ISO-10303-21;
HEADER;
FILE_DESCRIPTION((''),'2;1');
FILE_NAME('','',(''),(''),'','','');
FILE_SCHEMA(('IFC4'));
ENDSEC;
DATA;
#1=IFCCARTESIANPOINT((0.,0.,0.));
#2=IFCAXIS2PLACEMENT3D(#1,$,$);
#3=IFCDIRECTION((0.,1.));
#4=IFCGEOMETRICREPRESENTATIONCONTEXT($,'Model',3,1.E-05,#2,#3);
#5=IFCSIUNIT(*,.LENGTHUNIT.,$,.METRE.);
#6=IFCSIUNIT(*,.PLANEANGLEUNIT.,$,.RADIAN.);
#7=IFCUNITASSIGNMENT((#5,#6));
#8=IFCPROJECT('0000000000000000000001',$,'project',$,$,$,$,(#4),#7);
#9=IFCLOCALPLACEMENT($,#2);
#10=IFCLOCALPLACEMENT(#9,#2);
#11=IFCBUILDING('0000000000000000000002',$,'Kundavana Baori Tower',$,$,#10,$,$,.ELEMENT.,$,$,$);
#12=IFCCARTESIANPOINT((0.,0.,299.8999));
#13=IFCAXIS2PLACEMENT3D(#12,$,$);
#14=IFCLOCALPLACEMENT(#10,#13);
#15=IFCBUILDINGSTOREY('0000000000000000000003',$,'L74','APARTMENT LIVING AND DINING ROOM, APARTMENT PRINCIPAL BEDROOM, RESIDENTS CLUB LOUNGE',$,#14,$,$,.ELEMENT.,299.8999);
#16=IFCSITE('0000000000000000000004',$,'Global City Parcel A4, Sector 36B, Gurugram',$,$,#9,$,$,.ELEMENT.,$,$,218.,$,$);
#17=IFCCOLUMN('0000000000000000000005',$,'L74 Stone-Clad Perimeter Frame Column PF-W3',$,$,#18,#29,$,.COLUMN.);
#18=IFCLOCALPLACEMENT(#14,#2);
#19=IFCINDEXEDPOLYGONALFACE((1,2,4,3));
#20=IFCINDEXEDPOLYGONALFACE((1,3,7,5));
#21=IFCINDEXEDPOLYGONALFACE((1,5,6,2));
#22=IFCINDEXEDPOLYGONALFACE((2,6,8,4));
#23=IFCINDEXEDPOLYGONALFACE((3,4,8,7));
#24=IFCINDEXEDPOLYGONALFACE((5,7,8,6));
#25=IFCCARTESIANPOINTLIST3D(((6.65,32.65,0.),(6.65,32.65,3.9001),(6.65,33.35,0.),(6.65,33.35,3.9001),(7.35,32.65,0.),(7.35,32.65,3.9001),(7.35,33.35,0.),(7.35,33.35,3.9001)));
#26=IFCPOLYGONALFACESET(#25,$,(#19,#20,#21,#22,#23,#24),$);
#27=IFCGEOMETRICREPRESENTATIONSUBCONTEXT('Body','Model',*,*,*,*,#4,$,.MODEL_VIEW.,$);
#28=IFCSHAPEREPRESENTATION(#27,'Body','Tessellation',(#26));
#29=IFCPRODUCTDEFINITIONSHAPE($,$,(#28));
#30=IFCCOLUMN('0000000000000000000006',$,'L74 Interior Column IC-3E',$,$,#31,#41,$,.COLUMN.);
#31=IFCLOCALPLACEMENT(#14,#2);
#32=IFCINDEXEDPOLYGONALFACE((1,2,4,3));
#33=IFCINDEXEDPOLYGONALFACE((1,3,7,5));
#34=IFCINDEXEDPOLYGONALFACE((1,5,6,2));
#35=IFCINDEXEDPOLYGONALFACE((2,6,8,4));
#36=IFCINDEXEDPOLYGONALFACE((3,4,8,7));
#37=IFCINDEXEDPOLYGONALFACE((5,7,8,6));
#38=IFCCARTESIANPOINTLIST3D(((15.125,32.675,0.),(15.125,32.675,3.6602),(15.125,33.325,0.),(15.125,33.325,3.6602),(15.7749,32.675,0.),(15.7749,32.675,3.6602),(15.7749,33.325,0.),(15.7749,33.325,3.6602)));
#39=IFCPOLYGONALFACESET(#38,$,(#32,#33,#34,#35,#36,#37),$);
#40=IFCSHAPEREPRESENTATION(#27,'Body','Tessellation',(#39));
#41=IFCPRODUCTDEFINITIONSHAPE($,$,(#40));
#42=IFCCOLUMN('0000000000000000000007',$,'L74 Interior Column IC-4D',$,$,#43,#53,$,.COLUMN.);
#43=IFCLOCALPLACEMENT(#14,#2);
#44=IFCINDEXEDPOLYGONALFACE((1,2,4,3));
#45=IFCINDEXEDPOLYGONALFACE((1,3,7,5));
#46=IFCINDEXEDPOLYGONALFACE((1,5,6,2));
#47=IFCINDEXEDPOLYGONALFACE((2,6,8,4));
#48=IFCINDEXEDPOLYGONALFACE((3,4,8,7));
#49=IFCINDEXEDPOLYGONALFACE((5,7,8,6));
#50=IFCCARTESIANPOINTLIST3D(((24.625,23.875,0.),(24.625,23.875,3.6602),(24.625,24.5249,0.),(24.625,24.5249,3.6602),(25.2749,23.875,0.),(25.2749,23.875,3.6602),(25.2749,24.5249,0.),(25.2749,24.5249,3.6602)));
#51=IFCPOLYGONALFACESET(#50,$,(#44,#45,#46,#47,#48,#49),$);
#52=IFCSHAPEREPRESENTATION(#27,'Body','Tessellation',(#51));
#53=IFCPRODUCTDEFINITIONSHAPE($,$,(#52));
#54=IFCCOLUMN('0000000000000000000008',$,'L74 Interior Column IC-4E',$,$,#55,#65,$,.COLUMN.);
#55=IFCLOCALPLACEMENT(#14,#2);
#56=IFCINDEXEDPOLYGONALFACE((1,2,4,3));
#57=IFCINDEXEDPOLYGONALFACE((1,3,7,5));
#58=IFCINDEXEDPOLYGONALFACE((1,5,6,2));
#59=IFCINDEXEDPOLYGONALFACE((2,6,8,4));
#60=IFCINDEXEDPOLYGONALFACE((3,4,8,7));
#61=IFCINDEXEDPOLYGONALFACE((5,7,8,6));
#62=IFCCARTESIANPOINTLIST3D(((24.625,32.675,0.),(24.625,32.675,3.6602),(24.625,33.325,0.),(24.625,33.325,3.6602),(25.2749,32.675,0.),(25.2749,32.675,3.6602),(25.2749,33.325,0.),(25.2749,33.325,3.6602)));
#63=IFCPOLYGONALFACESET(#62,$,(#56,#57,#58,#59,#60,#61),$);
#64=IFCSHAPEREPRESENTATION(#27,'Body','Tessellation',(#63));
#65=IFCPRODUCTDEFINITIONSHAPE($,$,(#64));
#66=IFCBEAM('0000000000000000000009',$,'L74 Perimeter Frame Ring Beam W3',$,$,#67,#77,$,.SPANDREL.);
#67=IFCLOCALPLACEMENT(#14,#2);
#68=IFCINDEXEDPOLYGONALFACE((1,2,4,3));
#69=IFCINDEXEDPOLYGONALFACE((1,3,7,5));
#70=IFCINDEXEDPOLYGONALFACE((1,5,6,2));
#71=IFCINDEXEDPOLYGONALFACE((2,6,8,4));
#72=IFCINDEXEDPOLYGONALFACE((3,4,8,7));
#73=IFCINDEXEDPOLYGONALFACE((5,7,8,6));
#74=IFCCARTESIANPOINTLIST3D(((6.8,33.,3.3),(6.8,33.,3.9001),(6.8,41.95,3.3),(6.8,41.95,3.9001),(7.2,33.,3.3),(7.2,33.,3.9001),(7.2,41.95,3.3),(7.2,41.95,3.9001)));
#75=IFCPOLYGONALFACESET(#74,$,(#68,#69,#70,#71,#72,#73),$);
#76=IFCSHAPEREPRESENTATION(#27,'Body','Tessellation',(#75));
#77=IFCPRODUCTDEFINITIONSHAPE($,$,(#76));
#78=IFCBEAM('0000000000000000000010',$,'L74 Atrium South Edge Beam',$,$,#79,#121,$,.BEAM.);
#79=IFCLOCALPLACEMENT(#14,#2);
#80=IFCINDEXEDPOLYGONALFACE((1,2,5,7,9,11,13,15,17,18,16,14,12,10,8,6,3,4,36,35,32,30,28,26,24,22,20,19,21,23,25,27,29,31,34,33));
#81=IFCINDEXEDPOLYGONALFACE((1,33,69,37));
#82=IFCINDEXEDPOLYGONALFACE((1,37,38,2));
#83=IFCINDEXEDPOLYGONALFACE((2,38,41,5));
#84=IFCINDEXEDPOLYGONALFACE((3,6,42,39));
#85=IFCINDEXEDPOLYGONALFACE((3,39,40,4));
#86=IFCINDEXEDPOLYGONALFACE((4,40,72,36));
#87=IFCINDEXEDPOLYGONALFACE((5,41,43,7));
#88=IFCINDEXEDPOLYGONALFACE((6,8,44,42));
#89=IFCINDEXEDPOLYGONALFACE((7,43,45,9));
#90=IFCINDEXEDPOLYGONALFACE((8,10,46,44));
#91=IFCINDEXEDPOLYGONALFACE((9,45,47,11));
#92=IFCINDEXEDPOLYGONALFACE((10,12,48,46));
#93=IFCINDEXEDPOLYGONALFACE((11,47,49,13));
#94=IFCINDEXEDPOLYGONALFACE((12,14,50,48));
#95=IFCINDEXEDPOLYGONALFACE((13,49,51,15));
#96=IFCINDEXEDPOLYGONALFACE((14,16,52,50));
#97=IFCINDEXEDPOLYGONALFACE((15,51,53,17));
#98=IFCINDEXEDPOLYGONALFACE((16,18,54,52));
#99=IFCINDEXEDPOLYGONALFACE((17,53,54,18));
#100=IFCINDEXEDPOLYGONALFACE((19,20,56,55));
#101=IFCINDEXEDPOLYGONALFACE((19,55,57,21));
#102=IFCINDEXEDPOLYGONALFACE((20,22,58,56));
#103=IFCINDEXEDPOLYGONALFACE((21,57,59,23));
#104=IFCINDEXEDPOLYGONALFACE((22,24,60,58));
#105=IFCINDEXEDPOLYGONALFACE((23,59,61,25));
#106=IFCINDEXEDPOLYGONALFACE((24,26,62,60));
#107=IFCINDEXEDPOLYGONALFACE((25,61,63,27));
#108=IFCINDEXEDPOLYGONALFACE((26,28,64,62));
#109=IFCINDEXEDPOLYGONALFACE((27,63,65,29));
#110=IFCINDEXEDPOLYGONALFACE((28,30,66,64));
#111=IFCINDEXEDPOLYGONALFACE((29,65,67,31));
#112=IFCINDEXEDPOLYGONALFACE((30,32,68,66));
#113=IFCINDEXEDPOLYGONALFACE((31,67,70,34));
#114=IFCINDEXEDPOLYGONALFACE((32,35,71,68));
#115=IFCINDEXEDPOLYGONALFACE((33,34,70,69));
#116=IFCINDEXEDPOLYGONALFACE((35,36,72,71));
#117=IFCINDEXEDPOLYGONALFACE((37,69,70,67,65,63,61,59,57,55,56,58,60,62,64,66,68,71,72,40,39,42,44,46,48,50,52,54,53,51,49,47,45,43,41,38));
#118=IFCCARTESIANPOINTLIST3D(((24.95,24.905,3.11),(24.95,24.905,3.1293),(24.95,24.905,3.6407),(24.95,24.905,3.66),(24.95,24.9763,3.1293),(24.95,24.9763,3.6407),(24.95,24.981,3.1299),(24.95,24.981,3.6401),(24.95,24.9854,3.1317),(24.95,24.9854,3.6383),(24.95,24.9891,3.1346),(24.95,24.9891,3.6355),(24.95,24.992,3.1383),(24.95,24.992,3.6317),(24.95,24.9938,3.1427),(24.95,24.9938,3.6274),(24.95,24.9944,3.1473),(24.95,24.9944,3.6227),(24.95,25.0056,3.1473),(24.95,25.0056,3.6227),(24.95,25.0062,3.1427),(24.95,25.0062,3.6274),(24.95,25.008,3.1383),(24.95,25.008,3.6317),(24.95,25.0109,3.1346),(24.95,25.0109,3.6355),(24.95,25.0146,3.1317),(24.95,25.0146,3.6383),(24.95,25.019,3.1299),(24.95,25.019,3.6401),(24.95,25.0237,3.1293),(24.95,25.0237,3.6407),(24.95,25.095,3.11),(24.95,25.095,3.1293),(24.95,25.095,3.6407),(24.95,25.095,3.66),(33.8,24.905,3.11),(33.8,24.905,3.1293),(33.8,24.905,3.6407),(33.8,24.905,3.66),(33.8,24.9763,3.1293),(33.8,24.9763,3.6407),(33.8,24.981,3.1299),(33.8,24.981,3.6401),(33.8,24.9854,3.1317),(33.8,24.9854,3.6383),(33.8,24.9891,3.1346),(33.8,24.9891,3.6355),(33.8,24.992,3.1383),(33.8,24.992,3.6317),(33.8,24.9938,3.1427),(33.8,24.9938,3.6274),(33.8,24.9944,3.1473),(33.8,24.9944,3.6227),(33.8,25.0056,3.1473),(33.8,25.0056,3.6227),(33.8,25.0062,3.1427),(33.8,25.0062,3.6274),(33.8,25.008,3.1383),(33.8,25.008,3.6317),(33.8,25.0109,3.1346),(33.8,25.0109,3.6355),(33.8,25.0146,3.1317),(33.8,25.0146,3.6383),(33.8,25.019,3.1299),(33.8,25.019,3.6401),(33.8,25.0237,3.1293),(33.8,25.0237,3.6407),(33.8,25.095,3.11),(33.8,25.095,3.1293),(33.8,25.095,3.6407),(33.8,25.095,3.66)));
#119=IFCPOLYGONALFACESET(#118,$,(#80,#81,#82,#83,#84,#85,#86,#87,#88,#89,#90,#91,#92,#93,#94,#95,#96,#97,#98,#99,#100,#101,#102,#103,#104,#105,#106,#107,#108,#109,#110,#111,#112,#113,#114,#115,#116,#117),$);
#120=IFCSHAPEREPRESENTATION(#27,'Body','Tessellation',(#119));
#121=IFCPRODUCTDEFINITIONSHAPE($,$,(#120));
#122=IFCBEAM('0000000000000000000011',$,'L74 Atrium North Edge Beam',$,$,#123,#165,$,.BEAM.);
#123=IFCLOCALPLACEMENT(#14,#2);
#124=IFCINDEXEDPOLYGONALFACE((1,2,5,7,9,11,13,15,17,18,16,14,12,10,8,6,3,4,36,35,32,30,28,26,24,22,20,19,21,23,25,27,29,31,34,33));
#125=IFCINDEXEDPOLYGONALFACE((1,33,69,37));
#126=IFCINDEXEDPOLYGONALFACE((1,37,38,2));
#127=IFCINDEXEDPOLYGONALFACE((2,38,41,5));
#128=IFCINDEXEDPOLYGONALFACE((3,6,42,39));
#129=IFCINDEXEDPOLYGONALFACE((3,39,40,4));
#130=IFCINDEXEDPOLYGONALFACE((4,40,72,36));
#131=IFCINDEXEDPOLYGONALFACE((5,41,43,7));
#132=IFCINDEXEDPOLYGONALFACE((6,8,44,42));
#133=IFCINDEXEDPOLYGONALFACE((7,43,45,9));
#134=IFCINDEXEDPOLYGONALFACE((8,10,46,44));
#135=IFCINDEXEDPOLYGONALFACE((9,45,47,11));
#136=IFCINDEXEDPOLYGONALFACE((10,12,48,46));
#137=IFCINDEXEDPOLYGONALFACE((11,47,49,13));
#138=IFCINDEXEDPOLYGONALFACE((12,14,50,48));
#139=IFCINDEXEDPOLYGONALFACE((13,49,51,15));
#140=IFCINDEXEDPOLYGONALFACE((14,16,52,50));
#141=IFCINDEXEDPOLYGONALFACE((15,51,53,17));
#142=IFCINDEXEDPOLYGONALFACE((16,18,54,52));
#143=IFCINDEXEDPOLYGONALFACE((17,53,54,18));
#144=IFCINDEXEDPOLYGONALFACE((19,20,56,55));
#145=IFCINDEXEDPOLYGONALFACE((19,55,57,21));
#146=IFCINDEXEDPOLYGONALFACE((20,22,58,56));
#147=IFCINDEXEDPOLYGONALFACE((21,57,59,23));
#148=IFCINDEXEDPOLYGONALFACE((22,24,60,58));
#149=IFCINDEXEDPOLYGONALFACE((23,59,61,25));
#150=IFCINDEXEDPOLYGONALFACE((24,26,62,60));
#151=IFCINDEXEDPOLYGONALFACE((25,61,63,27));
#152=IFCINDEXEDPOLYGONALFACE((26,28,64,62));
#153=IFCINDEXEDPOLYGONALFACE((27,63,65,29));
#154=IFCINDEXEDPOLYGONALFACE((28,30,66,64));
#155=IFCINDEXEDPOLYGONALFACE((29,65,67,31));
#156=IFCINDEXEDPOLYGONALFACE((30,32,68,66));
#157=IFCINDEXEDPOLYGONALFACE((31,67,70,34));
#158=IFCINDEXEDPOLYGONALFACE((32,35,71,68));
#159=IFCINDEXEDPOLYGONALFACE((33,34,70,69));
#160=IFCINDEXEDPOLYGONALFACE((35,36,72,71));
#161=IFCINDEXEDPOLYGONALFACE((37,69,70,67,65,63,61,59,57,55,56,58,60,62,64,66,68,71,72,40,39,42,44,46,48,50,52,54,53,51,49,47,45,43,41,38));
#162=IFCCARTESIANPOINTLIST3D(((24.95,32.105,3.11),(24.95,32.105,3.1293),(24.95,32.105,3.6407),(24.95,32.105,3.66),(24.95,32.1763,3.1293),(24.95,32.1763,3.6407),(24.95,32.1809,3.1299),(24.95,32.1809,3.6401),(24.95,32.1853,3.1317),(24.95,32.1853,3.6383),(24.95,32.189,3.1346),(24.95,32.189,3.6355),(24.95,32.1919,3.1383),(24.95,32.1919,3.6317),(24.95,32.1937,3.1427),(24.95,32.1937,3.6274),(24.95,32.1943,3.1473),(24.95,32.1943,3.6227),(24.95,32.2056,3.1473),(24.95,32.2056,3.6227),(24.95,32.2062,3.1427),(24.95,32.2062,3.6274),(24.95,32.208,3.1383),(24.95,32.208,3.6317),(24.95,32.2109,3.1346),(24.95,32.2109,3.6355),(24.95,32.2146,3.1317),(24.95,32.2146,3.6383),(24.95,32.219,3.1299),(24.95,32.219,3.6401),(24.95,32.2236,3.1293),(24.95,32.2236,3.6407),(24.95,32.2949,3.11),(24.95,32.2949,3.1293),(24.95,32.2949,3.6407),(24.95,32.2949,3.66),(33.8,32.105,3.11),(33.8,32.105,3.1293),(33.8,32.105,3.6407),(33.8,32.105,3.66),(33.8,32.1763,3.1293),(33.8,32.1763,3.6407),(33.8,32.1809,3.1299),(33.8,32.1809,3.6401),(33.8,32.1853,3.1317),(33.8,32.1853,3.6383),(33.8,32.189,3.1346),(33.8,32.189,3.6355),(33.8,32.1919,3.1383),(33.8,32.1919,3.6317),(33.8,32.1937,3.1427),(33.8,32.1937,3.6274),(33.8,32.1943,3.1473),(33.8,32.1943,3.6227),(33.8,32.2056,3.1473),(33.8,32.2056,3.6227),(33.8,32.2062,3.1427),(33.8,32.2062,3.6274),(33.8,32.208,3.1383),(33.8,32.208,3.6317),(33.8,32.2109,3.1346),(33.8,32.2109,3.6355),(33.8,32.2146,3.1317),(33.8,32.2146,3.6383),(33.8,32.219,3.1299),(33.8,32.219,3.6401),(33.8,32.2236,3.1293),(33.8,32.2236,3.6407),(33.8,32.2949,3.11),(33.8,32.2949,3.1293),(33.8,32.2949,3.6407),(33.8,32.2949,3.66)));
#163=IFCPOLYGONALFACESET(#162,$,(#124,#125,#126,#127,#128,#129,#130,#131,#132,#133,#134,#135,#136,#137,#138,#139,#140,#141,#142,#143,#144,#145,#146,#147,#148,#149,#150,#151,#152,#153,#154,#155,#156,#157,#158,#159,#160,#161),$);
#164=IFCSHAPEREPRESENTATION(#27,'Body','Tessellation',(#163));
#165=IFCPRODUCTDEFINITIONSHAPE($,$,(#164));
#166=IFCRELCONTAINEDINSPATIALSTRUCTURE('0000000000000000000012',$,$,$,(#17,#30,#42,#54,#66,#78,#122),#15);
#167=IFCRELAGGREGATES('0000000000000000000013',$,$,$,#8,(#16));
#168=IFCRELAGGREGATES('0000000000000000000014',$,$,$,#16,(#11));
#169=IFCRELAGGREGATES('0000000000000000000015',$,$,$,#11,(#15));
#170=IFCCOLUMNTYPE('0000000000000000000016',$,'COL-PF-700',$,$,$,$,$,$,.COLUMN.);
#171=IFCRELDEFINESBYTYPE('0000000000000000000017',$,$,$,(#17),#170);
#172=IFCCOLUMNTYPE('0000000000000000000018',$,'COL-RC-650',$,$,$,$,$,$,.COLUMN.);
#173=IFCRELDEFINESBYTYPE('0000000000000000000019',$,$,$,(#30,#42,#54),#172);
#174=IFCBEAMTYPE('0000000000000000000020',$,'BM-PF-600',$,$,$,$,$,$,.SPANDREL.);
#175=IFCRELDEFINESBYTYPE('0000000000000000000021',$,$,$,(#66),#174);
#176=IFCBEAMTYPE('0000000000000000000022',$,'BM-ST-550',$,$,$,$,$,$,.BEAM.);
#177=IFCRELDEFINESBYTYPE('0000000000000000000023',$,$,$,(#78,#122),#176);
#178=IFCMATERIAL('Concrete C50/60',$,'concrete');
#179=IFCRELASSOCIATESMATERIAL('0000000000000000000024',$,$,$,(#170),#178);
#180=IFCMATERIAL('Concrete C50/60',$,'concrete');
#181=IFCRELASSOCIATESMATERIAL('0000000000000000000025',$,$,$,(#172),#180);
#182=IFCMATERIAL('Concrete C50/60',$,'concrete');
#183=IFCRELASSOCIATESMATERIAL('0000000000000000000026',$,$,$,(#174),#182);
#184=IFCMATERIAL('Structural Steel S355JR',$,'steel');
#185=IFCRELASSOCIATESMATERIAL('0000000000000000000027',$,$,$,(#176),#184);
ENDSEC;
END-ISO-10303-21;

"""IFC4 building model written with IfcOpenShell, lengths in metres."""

from ifc_helpers import new_model, si_unit, direction, frame, origin, origin_2d, place, context, subcontext, project, spatial, rectangle, i_section, extrude, material, material_profile, profile_set, type_object, element, save


model = new_model("IFC4")

# Units and contexts
model_context = context("Model", 3, precision=1e-05, world=origin(), true_north=direction((0.0, 1.0)))
body_context = subcontext(model_context, "Body", "Model", "MODEL_VIEW")
ifc_project = project(units=[si_unit("LENGTHUNIT", "METRE"), si_unit("PLANEANGLEUNIT", "RADIAN")], contexts=[model_context])

# Site, building, storey
site_placement = place(None, origin())
site = spatial("IfcSite", under=ifc_project, at=site_placement, Name="Global City Parcel A4, Sector 36B, Gurugram", CompositionType="ELEMENT", RefElevation=218.0)
building_placement = place(site_placement, origin())
building = spatial("IfcBuilding", under=site, at=building_placement, Name="Kundavana Baori Tower", CompositionType="ELEMENT")
storey_placement = place(building_placement, frame((0.0, 0.0, 299.8999)))
storey = spatial("IfcBuildingStorey", under=building, at=storey_placement, Name="L74", Description="APARTMENT LIVING AND DINING ROOM, APARTMENT PRINCIPAL BEDROOM, RESIDENTS CLUB LOUNGE", CompositionType="ELEMENT", Elevation=299.8999)

# Columns
ifc_material_1 = material(Name="Concrete C50/60", Category="concrete")
ifc_material_profile_1 = material_profile(ifc_material_1, rectangle(XDim=0.7, YDim=0.7, at=origin_2d()), Name="RC PF 700x700")
ifc_profile_set_1 = profile_set([ifc_material_profile_1], Name="Concrete C50/60")
column_type_1 = type_object("IfcColumnType", Name="COL-PF-700", PredefinedType="COLUMN", material=ifc_profile_set_1)
column_placement = place(storey_placement, frame((7.0, 33.0, 0.0), z_axis=(0.0, 0.0, 1.0), x_axis=(1.0, 0.0, 0.0)))
element("IfcColumn", 1, at=column_placement, inside=storey, type_object=column_type_1, Name="L74 Stone-Clad Perimeter Frame Column PF-W3", PredefinedType="COLUMN", context=body_context, shape_type="SweptSolid", body=[
    extrude(rectangle(XDim=0.7, YDim=0.7, at=origin_2d()), origin(), (0.0, 0.0, 1.0), 3.9001),
])
ifc_material_2 = material(Name="Concrete C50/60", Category="concrete")
ifc_material_profile_2 = material_profile(ifc_material_2, rectangle(XDim=0.6499, YDim=0.6499, at=origin_2d()), Name="RC 650x650")
ifc_profile_set_2 = profile_set([ifc_material_profile_2], Name="Concrete C50/60")
column_type_2 = type_object("IfcColumnType", Name="COL-RC-650", PredefinedType="COLUMN", material=ifc_profile_set_2)
for number, where, z_axis, x_axis, name in (
    (2, (15.45, 33.0, 0.0), (0.0, 0.0, 1.0), (1.0, 0.0, 0.0), "L74 Interior Column IC-3E"),
    (3, (24.95, 24.2, 0.0), (0.0, 0.0, 1.0), (1.0, 0.0, 0.0), "L74 Interior Column IC-4D"),
    (4, (24.95, 33.0, 0.0), (0.0, 0.0, 1.0), (1.0, 0.0, 0.0), "L74 Interior Column IC-4E"),
):
    element("IfcColumn", number, at=place(storey_placement, frame(where, z_axis=z_axis, x_axis=x_axis)), inside=storey, type_object=column_type_2, Name=name, PredefinedType="COLUMN", context=body_context, shape_type="SweptSolid", body=[
        extrude(rectangle(XDim=0.6499, YDim=0.6499, at=origin_2d()), origin(), (0.0, 0.0, 1.0), 3.6602),
    ])

# Beams
ifc_material_3 = material(Name="Concrete C50/60", Category="concrete")
ifc_material_profile_3 = material_profile(ifc_material_3, rectangle(XDim=0.3999, YDim=0.6001, at=origin_2d()), Name="RC BM 400x600")
ifc_profile_set_3 = profile_set([ifc_material_profile_3], Name="Concrete C50/60")
beam_type_1 = type_object("IfcBeamType", Name="BM-PF-600", PredefinedType="SPANDREL", material=ifc_profile_set_3)
beam_1_placement = place(storey_placement, frame((7.0, 33.0, 3.6001), z_axis=(0.0, 1.0, 0.0), x_axis=(-1.0, 0.0, 0.0)))
element("IfcBeam", 5, at=beam_1_placement, inside=storey, type_object=beam_type_1, Name="L74 Perimeter Frame Ring Beam W3", PredefinedType="SPANDREL", context=body_context, shape_type="SweptSolid", body=[
    extrude(rectangle(XDim=0.3999, YDim=0.6001, at=origin_2d()), origin(), (0.0, 0.0, 1.0), 8.95),
])
ifc_material_4 = material(Name="Structural Steel S355JR", Category="steel")
ifc_material_profile_4 = material_profile(ifc_material_4, i_section(OverallWidth=0.1899, OverallDepth=0.55, WebThickness=0.0112, FlangeThickness=0.0193, FilletRadius=0.0181, at=origin_2d()), Name="ISMB 550")
ifc_profile_set_4 = profile_set([ifc_material_profile_4], Name="Structural Steel S355JR")
beam_type_2 = type_object("IfcBeamType", Name="BM-ST-550", PredefinedType="BEAM", material=ifc_profile_set_4)
for number, where, z_axis, x_axis, name in (
    (6, (24.95, 25.0, 3.385), (1.0, 0.0, 0.0), (0.0, 1.0, 0.0), "L74 Atrium South Edge Beam"),
    (7, (24.95, 32.2, 3.385), (1.0, 0.0, 0.0), (0.0, 1.0, 0.0), "L74 Atrium North Edge Beam"),
):
    element("IfcBeam", number, at=place(storey_placement, frame(where, z_axis=z_axis, x_axis=x_axis)), inside=storey, type_object=beam_type_2, Name=name, PredefinedType="BEAM", context=body_context, shape_type="SweptSolid", body=[
        extrude(i_section(OverallWidth=0.1899, OverallDepth=0.55, WebThickness=0.0112, FlangeThickness=0.0193, FilletRadius=0.0181, at=origin_2d()), origin(), (0.0, 0.0, 1.0), 8.8501),
    ])

save(model, "model.ifc")
